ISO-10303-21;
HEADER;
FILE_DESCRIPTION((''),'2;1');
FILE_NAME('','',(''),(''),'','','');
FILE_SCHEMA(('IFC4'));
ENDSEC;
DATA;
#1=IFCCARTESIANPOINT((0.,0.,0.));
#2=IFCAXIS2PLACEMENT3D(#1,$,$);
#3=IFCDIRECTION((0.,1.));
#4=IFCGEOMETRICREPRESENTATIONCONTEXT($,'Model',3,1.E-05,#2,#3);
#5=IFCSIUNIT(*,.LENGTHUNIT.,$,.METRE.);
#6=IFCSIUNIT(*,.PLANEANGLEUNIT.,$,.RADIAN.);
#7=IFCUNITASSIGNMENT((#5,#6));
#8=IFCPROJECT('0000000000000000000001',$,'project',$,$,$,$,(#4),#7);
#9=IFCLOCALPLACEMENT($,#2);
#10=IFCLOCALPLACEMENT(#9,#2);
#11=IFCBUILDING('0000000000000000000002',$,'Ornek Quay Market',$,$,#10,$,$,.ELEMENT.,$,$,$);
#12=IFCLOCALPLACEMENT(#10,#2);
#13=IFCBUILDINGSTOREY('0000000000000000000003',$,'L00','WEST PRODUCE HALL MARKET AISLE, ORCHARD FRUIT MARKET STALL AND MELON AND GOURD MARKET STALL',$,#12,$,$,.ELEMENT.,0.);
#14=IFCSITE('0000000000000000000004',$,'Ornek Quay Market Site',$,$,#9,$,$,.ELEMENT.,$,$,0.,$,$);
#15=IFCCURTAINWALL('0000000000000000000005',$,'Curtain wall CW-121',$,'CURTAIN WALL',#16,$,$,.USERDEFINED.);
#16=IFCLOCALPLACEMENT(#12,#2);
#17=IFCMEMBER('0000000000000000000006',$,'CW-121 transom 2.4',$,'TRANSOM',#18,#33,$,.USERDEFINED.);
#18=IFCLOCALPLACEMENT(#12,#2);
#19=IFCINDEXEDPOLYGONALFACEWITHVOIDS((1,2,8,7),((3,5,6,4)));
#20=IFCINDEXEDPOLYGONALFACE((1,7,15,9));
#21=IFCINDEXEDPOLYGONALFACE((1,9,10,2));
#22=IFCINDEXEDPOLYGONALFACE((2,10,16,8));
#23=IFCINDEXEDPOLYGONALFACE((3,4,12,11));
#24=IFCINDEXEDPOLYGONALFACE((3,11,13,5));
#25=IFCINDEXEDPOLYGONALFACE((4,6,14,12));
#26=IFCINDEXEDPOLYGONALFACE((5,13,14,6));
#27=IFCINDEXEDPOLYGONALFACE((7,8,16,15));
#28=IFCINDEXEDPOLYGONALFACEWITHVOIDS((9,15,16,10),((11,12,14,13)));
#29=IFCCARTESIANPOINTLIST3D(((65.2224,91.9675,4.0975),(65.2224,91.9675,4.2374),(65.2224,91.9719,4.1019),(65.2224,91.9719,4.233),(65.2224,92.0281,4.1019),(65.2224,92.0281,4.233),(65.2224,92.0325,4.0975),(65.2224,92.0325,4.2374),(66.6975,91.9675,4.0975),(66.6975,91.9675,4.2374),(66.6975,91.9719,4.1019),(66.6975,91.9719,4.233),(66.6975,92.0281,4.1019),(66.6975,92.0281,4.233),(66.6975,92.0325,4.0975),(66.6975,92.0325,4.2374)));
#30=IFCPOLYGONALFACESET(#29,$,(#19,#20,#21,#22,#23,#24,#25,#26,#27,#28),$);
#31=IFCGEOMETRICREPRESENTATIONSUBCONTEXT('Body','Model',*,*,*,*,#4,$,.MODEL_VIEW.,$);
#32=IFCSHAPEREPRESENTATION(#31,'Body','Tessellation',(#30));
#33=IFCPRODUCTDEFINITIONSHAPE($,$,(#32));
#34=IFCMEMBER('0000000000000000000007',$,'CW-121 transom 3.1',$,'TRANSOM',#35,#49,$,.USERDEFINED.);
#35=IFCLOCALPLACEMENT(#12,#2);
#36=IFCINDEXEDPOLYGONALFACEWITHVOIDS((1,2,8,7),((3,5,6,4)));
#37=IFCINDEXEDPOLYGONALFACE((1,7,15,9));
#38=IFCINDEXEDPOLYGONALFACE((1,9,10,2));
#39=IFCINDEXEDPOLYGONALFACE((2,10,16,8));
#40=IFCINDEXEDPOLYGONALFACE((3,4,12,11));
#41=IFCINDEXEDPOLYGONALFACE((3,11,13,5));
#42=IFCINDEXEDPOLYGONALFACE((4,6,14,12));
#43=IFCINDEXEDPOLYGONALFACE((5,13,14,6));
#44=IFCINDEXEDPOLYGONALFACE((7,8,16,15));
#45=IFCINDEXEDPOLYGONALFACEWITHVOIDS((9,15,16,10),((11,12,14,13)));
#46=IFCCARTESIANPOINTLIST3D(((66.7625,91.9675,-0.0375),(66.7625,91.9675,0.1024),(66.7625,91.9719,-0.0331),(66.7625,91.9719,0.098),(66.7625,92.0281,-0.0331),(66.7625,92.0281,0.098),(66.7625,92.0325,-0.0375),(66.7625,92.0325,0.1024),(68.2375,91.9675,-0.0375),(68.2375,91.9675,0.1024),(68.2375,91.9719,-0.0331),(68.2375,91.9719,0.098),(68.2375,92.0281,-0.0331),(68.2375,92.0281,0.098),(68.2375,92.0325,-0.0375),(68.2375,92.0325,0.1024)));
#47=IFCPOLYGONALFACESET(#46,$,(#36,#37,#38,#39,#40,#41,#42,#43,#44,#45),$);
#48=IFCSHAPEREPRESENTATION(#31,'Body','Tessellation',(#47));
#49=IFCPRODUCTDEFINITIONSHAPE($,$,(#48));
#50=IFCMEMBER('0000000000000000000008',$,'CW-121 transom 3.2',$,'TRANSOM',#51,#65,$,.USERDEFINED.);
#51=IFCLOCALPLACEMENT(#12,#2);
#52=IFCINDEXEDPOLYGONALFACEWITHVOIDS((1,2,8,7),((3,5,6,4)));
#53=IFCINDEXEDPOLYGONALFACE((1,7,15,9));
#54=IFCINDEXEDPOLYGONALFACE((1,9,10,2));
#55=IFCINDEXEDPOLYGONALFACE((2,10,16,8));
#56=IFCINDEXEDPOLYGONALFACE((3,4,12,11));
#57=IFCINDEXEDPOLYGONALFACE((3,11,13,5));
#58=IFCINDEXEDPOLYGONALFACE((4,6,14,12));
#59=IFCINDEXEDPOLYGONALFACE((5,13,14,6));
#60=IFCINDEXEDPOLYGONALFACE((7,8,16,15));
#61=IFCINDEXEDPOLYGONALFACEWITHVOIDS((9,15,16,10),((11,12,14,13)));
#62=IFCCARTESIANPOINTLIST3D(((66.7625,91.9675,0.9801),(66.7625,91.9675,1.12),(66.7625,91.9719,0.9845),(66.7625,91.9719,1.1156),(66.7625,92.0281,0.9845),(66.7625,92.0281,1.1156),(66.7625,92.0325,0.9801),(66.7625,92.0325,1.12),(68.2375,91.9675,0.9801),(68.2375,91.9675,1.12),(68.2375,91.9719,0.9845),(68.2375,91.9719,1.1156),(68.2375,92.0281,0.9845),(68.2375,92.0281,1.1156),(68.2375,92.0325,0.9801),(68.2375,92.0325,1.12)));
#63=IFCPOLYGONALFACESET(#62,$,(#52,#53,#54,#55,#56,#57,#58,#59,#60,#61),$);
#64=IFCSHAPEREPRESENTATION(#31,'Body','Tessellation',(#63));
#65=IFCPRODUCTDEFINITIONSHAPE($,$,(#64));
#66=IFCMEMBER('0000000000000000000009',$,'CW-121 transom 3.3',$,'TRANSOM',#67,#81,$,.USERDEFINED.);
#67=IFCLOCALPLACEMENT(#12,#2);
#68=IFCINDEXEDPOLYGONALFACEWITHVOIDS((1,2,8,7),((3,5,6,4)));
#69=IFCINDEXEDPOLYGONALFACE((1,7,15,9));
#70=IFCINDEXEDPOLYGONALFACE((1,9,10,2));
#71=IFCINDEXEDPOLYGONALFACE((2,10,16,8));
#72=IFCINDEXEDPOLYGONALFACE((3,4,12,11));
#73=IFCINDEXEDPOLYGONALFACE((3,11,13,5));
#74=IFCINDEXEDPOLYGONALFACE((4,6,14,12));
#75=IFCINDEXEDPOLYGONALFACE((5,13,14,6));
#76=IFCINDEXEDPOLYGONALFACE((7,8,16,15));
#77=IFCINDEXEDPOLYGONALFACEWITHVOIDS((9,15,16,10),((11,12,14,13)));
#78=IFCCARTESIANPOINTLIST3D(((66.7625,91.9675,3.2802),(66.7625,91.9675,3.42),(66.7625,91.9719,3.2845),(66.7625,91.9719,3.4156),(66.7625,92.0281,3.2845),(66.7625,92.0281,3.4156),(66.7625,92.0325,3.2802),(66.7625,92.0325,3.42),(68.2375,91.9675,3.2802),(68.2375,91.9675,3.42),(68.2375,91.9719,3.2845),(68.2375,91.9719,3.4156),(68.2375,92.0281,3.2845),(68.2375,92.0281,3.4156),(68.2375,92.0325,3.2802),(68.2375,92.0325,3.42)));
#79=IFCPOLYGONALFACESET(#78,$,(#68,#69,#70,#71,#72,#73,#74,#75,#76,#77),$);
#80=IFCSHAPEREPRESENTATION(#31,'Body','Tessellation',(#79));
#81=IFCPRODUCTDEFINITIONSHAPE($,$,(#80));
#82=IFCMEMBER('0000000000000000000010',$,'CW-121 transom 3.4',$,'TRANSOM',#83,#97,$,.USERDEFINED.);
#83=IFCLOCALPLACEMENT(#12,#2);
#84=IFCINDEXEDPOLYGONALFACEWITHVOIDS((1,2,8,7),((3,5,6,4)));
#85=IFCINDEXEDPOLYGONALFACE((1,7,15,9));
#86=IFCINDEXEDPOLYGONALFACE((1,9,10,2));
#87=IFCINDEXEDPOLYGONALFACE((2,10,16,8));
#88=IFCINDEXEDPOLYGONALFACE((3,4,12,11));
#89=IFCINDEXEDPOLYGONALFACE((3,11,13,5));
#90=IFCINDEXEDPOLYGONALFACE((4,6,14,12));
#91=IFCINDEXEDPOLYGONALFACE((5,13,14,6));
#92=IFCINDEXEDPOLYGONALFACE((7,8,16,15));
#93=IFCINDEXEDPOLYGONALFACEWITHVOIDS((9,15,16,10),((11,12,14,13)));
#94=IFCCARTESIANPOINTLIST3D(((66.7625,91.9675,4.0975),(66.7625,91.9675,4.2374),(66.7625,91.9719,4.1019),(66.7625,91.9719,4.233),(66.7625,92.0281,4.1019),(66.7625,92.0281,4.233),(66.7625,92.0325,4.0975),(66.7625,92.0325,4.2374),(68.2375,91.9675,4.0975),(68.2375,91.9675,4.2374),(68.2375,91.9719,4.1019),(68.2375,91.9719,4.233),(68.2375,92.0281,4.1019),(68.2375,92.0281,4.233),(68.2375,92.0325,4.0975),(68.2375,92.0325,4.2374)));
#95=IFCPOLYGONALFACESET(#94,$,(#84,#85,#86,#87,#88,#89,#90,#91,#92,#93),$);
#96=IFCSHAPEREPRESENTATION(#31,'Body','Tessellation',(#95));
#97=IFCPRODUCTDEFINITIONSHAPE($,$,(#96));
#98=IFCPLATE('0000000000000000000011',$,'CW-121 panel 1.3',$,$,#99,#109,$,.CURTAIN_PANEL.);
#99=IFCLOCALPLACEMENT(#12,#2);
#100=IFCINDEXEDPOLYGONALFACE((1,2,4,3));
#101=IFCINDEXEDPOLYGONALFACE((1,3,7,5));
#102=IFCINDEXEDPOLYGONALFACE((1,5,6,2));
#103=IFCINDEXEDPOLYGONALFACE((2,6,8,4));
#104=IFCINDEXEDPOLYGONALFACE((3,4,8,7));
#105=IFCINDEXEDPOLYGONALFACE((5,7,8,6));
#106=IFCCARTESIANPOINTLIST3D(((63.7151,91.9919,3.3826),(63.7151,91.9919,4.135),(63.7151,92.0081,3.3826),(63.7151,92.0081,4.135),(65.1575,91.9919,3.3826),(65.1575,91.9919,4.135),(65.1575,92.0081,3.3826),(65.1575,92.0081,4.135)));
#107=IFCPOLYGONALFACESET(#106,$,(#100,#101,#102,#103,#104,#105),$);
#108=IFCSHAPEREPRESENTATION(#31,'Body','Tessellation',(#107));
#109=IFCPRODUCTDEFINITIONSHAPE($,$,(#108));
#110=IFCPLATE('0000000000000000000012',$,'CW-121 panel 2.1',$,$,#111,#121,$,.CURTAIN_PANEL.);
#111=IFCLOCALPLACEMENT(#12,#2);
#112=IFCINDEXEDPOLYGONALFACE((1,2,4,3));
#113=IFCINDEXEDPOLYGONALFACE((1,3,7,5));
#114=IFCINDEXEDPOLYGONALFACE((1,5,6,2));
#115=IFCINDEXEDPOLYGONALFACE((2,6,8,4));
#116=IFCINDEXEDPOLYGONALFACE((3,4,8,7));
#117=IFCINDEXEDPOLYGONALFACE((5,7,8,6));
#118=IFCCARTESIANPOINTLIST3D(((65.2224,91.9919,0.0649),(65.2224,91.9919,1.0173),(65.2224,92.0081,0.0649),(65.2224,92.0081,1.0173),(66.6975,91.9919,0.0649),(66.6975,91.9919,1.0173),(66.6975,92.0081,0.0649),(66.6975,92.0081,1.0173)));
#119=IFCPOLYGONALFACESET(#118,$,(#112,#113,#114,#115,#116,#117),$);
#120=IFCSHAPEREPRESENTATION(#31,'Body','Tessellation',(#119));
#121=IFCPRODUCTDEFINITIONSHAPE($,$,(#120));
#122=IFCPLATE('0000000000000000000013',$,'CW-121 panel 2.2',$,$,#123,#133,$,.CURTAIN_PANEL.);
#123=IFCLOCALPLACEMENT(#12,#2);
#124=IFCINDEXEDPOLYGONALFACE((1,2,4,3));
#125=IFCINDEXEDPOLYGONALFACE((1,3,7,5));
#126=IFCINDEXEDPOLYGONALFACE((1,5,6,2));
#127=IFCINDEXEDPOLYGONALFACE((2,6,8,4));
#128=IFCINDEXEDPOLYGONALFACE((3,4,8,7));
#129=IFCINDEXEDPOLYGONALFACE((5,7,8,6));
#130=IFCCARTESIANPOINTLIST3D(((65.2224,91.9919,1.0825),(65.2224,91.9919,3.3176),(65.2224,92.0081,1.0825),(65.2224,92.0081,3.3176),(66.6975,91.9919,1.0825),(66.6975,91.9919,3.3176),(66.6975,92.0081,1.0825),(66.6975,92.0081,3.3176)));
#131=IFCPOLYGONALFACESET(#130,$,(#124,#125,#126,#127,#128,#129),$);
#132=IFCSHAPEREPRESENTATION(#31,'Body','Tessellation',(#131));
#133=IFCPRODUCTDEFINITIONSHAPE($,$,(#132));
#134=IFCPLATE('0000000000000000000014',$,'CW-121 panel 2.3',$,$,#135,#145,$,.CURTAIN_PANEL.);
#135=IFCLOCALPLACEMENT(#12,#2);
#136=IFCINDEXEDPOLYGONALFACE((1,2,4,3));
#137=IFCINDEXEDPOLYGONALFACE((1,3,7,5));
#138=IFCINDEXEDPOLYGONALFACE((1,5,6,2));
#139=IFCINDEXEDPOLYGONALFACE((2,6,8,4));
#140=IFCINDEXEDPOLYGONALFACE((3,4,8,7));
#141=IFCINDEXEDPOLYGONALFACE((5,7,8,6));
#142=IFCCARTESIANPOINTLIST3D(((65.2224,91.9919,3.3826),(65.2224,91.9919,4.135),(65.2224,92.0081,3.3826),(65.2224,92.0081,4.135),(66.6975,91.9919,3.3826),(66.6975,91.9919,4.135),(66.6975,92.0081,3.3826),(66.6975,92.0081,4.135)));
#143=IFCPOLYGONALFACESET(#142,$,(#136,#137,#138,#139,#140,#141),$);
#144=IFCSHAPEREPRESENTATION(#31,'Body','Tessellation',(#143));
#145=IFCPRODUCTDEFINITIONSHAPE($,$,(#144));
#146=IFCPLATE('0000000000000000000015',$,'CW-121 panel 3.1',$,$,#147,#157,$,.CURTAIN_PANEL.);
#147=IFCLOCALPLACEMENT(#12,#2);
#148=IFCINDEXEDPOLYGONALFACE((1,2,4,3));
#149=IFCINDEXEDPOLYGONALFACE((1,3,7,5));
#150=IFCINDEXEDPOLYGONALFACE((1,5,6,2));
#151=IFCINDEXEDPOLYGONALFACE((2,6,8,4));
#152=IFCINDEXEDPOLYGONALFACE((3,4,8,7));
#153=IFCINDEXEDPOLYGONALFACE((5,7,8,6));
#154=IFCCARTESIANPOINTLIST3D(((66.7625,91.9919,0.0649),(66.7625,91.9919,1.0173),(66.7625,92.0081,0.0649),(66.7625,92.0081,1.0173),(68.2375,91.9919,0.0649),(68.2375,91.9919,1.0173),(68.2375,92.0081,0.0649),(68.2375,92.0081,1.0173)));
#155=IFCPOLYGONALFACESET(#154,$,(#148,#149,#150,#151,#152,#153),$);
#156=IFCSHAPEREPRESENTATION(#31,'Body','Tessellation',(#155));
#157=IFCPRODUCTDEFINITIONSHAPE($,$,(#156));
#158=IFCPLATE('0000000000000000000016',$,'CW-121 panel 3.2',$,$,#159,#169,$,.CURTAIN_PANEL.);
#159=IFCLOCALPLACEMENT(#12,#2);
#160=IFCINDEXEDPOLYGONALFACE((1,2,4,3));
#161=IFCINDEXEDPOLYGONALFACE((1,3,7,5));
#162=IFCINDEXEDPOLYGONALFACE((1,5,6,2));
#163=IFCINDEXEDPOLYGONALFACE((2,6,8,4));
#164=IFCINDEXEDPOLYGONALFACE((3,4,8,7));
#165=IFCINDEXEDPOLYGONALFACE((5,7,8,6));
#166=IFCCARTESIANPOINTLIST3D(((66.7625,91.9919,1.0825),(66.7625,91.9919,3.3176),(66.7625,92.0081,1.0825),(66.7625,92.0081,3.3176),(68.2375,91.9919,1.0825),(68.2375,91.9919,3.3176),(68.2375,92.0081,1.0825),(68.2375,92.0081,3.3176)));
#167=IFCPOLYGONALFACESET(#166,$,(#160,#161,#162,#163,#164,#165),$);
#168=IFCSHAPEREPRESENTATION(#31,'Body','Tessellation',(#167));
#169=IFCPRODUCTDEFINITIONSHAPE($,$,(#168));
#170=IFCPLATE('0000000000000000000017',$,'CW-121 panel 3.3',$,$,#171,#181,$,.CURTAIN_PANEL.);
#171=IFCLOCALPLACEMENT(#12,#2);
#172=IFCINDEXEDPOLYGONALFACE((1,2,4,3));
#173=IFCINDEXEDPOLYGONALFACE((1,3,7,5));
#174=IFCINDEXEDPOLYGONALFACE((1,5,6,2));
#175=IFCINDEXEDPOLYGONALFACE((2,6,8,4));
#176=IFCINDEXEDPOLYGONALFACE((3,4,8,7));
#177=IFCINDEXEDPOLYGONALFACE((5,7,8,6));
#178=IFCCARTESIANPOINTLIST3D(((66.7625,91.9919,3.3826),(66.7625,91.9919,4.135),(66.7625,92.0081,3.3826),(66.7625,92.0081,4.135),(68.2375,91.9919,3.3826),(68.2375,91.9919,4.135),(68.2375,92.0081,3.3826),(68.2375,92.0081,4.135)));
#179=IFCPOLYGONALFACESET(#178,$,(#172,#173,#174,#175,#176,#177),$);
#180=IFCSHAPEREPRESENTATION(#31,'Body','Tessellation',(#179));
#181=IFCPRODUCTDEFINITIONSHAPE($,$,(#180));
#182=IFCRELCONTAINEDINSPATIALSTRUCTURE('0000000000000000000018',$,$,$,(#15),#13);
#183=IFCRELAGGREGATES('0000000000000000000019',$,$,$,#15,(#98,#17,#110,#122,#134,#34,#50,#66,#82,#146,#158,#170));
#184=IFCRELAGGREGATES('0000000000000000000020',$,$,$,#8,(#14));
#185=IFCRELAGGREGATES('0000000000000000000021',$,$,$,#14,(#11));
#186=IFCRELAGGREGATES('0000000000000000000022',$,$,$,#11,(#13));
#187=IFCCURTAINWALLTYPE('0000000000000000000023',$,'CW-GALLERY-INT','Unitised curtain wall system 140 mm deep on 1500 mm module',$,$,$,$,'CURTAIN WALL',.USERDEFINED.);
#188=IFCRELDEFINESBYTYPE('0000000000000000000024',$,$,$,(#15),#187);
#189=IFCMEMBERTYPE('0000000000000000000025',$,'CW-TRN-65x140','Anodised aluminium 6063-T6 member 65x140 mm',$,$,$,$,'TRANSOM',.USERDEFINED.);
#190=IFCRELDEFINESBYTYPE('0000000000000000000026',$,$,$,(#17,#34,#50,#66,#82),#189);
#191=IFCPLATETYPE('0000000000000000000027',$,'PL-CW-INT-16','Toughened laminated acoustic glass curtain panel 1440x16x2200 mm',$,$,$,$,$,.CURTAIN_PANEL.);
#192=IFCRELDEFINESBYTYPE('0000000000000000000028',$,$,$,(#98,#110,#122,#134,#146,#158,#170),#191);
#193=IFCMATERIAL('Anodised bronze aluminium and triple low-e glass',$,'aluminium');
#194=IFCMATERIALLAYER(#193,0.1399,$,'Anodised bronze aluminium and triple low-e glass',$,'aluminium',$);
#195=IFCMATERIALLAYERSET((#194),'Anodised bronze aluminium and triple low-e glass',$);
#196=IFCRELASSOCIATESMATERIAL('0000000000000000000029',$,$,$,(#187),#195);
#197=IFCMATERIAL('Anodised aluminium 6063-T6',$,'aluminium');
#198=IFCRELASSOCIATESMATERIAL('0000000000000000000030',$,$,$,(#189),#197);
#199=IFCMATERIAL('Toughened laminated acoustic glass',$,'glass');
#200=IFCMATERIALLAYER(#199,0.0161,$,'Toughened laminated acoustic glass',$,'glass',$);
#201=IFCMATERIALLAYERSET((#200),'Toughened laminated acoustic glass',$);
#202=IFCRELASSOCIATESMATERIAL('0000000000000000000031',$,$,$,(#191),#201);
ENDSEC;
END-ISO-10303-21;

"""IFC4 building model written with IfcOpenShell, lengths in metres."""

from ifc_helpers import new_model, si_unit, direction, frame, origin, origin_2d, place, context, subcontext, project, spatial, rectangle, hollow_rectangle, extrude, material, layer, layer_set, material_profile, profile_set, type_object, element, aggregate, save


model = new_model("IFC4")

# Units and contexts
model_context = context("Model", 3, precision=1e-05, world=origin(), true_north=direction((0.0, 1.0)))
body_context = subcontext(model_context, "Body", "Model", "MODEL_VIEW")
ifc_project = project(units=[si_unit("LENGTHUNIT", "METRE"), si_unit("PLANEANGLEUNIT", "RADIAN")], contexts=[model_context])

# Site, building, storey
site_placement = place(None, origin())
site = spatial("IfcSite", under=ifc_project, at=site_placement, Name="Ornek Quay Market Site", CompositionType="ELEMENT", RefElevation=0.0)
building_placement = place(site_placement, origin())
building = spatial("IfcBuilding", under=site, at=building_placement, Name="Ornek Quay Market", CompositionType="ELEMENT")
storey_placement = place(building_placement, origin())
storey = spatial("IfcBuildingStorey", under=building, at=storey_placement, Name="L00", Description="WEST PRODUCE HALL MARKET AISLE, ORCHARD FRUIT MARKET STALL AND MELON AND GOURD MARKET STALL", CompositionType="ELEMENT", Elevation=0.0)

# Curtain wall, members, plates
ifc_material_1 = material(Name="Anodised bronze aluminium and triple low-e glass", Category="aluminium")
ifc_layer_1 = layer(ifc_material_1, 0.1399, Name="Anodised bronze aluminium and triple low-e glass", Category="aluminium")
ifc_layer_set_1 = layer_set([ifc_layer_1], Name="Anodised bronze aluminium and triple low-e glass")
curtain_wall_type = type_object("IfcCurtainWallType", Name="CW-GALLERY-INT", Description="Unitised curtain wall system 140 mm deep on 1500 mm module", ElementType="CURTAIN WALL", PredefinedType="USERDEFINED", material=ifc_layer_set_1)
curtain_wall_placement = place(storey_placement, origin())
curtain_wall = element("IfcCurtainWall", 1, at=curtain_wall_placement, inside=storey, type_object=curtain_wall_type, Name="Curtain wall CW-121", ObjectType="CURTAIN WALL", PredefinedType="USERDEFINED")
ifc_material_2 = material(Name="Anodised aluminium 6063-T6", Category="aluminium")
ifc_material_profile_1 = material_profile(ifc_material_2, hollow_rectangle(XDim=0.0649, YDim=0.1399, WallThickness=0.0044, at=origin_2d()), Name="CW-TRN-65x140", Category="aluminium")
ifc_profile_set_1 = profile_set([ifc_material_profile_1], Name="Anodised aluminium 6063-T6")
member_type_1 = type_object("IfcMemberType", Name="CW-TRN-65x140", Description="Anodised aluminium 6063-T6 member 65x140 mm", ElementType="TRANSOM", PredefinedType="USERDEFINED", material=ifc_profile_set_1)
member_1_placement = place(storey_placement, frame((65.2224, 92.0, 4.1675), z_axis=(1.0, 0.0, 0.0), x_axis=(0.0, 1.0, 0.0)))
member_1 = element("IfcMember", 2, at=member_1_placement, type_object=member_type_1, Name="CW-121 transom 2.4", ObjectType="TRANSOM", PredefinedType="USERDEFINED", context=body_context, shape_type="SweptSolid", body=[
    extrude(hollow_rectangle(XDim=0.0649, YDim=0.1399, WallThickness=0.0044, at=origin_2d()), origin(), (0.0, 0.0, 1.0), 1.4751),
])
member_2_placement = place(storey_placement, frame((66.7625, 92.0, 0.0325), z_axis=(1.0, 0.0, 0.0), x_axis=(0.0, 1.0, 0.0)))
member_2 = element("IfcMember", 3, at=member_2_placement, type_object=member_type_1, Name="CW-121 transom 3.1", ObjectType="TRANSOM", PredefinedType="USERDEFINED", context=body_context, shape_type="SweptSolid", body=[
    extrude(hollow_rectangle(XDim=0.0649, YDim=0.1399, WallThickness=0.0044, at=origin_2d()), origin(), (0.0, 0.0, 1.0), 1.4751),
])
member_3_placement = place(storey_placement, frame((66.7625, 92.0, 1.05), z_axis=(1.0, 0.0, 0.0), x_axis=(0.0, 1.0, 0.0)))
member_3 = element("IfcMember", 4, at=member_3_placement, type_object=member_type_1, Name="CW-121 transom 3.2", ObjectType="TRANSOM", PredefinedType="USERDEFINED", context=body_context, shape_type="SweptSolid", body=[
    extrude(hollow_rectangle(XDim=0.0649, YDim=0.1399, WallThickness=0.0044, at=origin_2d()), origin(), (0.0, 0.0, 1.0), 1.4751),
])
member_4_placement = place(storey_placement, frame((66.7625, 92.0, 3.3501), z_axis=(1.0, 0.0, 0.0), x_axis=(0.0, 1.0, 0.0)))
member_4 = element("IfcMember", 5, at=member_4_placement, type_object=member_type_1, Name="CW-121 transom 3.3", ObjectType="TRANSOM", PredefinedType="USERDEFINED", context=body_context, shape_type="SweptSolid", body=[
    extrude(hollow_rectangle(XDim=0.0649, YDim=0.1399, WallThickness=0.0044, at=origin_2d()), origin(), (0.0, 0.0, 1.0), 1.4751),
])
member_5_placement = place(storey_placement, frame((66.7625, 92.0, 4.1675), z_axis=(1.0, 0.0, 0.0), x_axis=(0.0, 1.0, 0.0)))
member_5 = element("IfcMember", 6, at=member_5_placement, type_object=member_type_1, Name="CW-121 transom 3.4", ObjectType="TRANSOM", PredefinedType="USERDEFINED", context=body_context, shape_type="SweptSolid", body=[
    extrude(hollow_rectangle(XDim=0.0649, YDim=0.1399, WallThickness=0.0044, at=origin_2d()), origin(), (0.0, 0.0, 1.0), 1.4751),
])
ifc_material_3 = material(Name="Toughened laminated acoustic glass", Category="glass")
ifc_layer_2 = layer(ifc_material_3, 0.0161, Name="Toughened laminated acoustic glass", Category="glass")
ifc_layer_set_2 = layer_set([ifc_layer_2], Name="Toughened laminated acoustic glass")
plate_type = type_object("IfcPlateType", Name="PL-CW-INT-16", Description="Toughened laminated acoustic glass curtain panel 1440x16x2200 mm", PredefinedType="CURTAIN_PANEL", material=ifc_layer_set_2)
plate_1_placement = place(storey_placement, frame((64.4363, 92.0, 3.3826), z_axis=(0.0, 0.0, 1.0), x_axis=(1.0, 0.0, 0.0)))
plate_1 = element("IfcPlate", 7, at=plate_1_placement, type_object=plate_type, Name="CW-121 panel 1.3", PredefinedType="CURTAIN_PANEL", context=body_context, shape_type="SweptSolid", body=[
    extrude(rectangle(XDim=1.4424, YDim=0.0161, at=origin_2d()), origin(), (0.0, 0.0, 1.0), 0.7524),
])
plate_2_placement = place(storey_placement, frame((65.96, 92.0, 0.0649), z_axis=(0.0, 0.0, 1.0), x_axis=(1.0, 0.0, 0.0)))
plate_2 = element("IfcPlate", 8, at=plate_2_placement, type_object=plate_type, Name="CW-121 panel 2.1", PredefinedType="CURTAIN_PANEL", context=body_context, shape_type="SweptSolid", body=[
    extrude(rectangle(XDim=1.4751, YDim=0.0161, at=origin_2d()), origin(), (0.0, 0.0, 1.0), 0.9524),
])
plate_3_placement = place(storey_placement, frame((65.96, 92.0, 1.0825), z_axis=(0.0, 0.0, 1.0), x_axis=(1.0, 0.0, 0.0)))
plate_3 = element("IfcPlate", 9, at=plate_3_placement, type_object=plate_type, Name="CW-121 panel 2.2", PredefinedType="CURTAIN_PANEL", context=body_context, shape_type="SweptSolid", body=[
    extrude(rectangle(XDim=1.4751, YDim=0.0161, at=origin_2d()), origin(), (0.0, 0.0, 1.0), 2.2351),
])
plate_4_placement = place(storey_placement, frame((65.96, 92.0, 3.3826), z_axis=(0.0, 0.0, 1.0), x_axis=(1.0, 0.0, 0.0)))
plate_4 = element("IfcPlate", 10, at=plate_4_placement, type_object=plate_type, Name="CW-121 panel 2.3", PredefinedType="CURTAIN_PANEL", context=body_context, shape_type="SweptSolid", body=[
    extrude(rectangle(XDim=1.4751, YDim=0.0161, at=origin_2d()), origin(), (0.0, 0.0, 1.0), 0.7524),
])
plate_5_placement = place(storey_placement, frame((67.5, 92.0, 0.0649), z_axis=(0.0, 0.0, 1.0), x_axis=(1.0, 0.0, 0.0)))
plate_5 = element("IfcPlate", 11, at=plate_5_placement, type_object=plate_type, Name="CW-121 panel 3.1", PredefinedType="CURTAIN_PANEL", context=body_context, shape_type="SweptSolid", body=[
    extrude(rectangle(XDim=1.4751, YDim=0.0161, at=origin_2d()), origin(), (0.0, 0.0, 1.0), 0.9524),
])
plate_6_placement = place(storey_placement, frame((67.5, 92.0, 1.0825), z_axis=(0.0, 0.0, 1.0), x_axis=(1.0, 0.0, 0.0)))
plate_6 = element("IfcPlate", 12, at=plate_6_placement, type_object=plate_type, Name="CW-121 panel 3.2", PredefinedType="CURTAIN_PANEL", context=body_context, shape_type="SweptSolid", body=[
    extrude(rectangle(XDim=1.4751, YDim=0.0161, at=origin_2d()), origin(), (0.0, 0.0, 1.0), 2.2351),
])
plate_7_placement = place(storey_placement, frame((67.5, 92.0, 3.3826), z_axis=(0.0, 0.0, 1.0), x_axis=(1.0, 0.0, 0.0)))
plate_7 = element("IfcPlate", 13, at=plate_7_placement, type_object=plate_type, Name="CW-121 panel 3.3", PredefinedType="CURTAIN_PANEL", context=body_context, shape_type="SweptSolid", body=[
    extrude(rectangle(XDim=1.4751, YDim=0.0161, at=origin_2d()), origin(), (0.0, 0.0, 1.0), 0.7524),
])
aggregate(curtain_wall, [plate_1, member_1, plate_2, plate_3, plate_4, member_2, member_3, member_4, member_5, plate_5, plate_6, plate_7])

save(model, "model.ifc")
